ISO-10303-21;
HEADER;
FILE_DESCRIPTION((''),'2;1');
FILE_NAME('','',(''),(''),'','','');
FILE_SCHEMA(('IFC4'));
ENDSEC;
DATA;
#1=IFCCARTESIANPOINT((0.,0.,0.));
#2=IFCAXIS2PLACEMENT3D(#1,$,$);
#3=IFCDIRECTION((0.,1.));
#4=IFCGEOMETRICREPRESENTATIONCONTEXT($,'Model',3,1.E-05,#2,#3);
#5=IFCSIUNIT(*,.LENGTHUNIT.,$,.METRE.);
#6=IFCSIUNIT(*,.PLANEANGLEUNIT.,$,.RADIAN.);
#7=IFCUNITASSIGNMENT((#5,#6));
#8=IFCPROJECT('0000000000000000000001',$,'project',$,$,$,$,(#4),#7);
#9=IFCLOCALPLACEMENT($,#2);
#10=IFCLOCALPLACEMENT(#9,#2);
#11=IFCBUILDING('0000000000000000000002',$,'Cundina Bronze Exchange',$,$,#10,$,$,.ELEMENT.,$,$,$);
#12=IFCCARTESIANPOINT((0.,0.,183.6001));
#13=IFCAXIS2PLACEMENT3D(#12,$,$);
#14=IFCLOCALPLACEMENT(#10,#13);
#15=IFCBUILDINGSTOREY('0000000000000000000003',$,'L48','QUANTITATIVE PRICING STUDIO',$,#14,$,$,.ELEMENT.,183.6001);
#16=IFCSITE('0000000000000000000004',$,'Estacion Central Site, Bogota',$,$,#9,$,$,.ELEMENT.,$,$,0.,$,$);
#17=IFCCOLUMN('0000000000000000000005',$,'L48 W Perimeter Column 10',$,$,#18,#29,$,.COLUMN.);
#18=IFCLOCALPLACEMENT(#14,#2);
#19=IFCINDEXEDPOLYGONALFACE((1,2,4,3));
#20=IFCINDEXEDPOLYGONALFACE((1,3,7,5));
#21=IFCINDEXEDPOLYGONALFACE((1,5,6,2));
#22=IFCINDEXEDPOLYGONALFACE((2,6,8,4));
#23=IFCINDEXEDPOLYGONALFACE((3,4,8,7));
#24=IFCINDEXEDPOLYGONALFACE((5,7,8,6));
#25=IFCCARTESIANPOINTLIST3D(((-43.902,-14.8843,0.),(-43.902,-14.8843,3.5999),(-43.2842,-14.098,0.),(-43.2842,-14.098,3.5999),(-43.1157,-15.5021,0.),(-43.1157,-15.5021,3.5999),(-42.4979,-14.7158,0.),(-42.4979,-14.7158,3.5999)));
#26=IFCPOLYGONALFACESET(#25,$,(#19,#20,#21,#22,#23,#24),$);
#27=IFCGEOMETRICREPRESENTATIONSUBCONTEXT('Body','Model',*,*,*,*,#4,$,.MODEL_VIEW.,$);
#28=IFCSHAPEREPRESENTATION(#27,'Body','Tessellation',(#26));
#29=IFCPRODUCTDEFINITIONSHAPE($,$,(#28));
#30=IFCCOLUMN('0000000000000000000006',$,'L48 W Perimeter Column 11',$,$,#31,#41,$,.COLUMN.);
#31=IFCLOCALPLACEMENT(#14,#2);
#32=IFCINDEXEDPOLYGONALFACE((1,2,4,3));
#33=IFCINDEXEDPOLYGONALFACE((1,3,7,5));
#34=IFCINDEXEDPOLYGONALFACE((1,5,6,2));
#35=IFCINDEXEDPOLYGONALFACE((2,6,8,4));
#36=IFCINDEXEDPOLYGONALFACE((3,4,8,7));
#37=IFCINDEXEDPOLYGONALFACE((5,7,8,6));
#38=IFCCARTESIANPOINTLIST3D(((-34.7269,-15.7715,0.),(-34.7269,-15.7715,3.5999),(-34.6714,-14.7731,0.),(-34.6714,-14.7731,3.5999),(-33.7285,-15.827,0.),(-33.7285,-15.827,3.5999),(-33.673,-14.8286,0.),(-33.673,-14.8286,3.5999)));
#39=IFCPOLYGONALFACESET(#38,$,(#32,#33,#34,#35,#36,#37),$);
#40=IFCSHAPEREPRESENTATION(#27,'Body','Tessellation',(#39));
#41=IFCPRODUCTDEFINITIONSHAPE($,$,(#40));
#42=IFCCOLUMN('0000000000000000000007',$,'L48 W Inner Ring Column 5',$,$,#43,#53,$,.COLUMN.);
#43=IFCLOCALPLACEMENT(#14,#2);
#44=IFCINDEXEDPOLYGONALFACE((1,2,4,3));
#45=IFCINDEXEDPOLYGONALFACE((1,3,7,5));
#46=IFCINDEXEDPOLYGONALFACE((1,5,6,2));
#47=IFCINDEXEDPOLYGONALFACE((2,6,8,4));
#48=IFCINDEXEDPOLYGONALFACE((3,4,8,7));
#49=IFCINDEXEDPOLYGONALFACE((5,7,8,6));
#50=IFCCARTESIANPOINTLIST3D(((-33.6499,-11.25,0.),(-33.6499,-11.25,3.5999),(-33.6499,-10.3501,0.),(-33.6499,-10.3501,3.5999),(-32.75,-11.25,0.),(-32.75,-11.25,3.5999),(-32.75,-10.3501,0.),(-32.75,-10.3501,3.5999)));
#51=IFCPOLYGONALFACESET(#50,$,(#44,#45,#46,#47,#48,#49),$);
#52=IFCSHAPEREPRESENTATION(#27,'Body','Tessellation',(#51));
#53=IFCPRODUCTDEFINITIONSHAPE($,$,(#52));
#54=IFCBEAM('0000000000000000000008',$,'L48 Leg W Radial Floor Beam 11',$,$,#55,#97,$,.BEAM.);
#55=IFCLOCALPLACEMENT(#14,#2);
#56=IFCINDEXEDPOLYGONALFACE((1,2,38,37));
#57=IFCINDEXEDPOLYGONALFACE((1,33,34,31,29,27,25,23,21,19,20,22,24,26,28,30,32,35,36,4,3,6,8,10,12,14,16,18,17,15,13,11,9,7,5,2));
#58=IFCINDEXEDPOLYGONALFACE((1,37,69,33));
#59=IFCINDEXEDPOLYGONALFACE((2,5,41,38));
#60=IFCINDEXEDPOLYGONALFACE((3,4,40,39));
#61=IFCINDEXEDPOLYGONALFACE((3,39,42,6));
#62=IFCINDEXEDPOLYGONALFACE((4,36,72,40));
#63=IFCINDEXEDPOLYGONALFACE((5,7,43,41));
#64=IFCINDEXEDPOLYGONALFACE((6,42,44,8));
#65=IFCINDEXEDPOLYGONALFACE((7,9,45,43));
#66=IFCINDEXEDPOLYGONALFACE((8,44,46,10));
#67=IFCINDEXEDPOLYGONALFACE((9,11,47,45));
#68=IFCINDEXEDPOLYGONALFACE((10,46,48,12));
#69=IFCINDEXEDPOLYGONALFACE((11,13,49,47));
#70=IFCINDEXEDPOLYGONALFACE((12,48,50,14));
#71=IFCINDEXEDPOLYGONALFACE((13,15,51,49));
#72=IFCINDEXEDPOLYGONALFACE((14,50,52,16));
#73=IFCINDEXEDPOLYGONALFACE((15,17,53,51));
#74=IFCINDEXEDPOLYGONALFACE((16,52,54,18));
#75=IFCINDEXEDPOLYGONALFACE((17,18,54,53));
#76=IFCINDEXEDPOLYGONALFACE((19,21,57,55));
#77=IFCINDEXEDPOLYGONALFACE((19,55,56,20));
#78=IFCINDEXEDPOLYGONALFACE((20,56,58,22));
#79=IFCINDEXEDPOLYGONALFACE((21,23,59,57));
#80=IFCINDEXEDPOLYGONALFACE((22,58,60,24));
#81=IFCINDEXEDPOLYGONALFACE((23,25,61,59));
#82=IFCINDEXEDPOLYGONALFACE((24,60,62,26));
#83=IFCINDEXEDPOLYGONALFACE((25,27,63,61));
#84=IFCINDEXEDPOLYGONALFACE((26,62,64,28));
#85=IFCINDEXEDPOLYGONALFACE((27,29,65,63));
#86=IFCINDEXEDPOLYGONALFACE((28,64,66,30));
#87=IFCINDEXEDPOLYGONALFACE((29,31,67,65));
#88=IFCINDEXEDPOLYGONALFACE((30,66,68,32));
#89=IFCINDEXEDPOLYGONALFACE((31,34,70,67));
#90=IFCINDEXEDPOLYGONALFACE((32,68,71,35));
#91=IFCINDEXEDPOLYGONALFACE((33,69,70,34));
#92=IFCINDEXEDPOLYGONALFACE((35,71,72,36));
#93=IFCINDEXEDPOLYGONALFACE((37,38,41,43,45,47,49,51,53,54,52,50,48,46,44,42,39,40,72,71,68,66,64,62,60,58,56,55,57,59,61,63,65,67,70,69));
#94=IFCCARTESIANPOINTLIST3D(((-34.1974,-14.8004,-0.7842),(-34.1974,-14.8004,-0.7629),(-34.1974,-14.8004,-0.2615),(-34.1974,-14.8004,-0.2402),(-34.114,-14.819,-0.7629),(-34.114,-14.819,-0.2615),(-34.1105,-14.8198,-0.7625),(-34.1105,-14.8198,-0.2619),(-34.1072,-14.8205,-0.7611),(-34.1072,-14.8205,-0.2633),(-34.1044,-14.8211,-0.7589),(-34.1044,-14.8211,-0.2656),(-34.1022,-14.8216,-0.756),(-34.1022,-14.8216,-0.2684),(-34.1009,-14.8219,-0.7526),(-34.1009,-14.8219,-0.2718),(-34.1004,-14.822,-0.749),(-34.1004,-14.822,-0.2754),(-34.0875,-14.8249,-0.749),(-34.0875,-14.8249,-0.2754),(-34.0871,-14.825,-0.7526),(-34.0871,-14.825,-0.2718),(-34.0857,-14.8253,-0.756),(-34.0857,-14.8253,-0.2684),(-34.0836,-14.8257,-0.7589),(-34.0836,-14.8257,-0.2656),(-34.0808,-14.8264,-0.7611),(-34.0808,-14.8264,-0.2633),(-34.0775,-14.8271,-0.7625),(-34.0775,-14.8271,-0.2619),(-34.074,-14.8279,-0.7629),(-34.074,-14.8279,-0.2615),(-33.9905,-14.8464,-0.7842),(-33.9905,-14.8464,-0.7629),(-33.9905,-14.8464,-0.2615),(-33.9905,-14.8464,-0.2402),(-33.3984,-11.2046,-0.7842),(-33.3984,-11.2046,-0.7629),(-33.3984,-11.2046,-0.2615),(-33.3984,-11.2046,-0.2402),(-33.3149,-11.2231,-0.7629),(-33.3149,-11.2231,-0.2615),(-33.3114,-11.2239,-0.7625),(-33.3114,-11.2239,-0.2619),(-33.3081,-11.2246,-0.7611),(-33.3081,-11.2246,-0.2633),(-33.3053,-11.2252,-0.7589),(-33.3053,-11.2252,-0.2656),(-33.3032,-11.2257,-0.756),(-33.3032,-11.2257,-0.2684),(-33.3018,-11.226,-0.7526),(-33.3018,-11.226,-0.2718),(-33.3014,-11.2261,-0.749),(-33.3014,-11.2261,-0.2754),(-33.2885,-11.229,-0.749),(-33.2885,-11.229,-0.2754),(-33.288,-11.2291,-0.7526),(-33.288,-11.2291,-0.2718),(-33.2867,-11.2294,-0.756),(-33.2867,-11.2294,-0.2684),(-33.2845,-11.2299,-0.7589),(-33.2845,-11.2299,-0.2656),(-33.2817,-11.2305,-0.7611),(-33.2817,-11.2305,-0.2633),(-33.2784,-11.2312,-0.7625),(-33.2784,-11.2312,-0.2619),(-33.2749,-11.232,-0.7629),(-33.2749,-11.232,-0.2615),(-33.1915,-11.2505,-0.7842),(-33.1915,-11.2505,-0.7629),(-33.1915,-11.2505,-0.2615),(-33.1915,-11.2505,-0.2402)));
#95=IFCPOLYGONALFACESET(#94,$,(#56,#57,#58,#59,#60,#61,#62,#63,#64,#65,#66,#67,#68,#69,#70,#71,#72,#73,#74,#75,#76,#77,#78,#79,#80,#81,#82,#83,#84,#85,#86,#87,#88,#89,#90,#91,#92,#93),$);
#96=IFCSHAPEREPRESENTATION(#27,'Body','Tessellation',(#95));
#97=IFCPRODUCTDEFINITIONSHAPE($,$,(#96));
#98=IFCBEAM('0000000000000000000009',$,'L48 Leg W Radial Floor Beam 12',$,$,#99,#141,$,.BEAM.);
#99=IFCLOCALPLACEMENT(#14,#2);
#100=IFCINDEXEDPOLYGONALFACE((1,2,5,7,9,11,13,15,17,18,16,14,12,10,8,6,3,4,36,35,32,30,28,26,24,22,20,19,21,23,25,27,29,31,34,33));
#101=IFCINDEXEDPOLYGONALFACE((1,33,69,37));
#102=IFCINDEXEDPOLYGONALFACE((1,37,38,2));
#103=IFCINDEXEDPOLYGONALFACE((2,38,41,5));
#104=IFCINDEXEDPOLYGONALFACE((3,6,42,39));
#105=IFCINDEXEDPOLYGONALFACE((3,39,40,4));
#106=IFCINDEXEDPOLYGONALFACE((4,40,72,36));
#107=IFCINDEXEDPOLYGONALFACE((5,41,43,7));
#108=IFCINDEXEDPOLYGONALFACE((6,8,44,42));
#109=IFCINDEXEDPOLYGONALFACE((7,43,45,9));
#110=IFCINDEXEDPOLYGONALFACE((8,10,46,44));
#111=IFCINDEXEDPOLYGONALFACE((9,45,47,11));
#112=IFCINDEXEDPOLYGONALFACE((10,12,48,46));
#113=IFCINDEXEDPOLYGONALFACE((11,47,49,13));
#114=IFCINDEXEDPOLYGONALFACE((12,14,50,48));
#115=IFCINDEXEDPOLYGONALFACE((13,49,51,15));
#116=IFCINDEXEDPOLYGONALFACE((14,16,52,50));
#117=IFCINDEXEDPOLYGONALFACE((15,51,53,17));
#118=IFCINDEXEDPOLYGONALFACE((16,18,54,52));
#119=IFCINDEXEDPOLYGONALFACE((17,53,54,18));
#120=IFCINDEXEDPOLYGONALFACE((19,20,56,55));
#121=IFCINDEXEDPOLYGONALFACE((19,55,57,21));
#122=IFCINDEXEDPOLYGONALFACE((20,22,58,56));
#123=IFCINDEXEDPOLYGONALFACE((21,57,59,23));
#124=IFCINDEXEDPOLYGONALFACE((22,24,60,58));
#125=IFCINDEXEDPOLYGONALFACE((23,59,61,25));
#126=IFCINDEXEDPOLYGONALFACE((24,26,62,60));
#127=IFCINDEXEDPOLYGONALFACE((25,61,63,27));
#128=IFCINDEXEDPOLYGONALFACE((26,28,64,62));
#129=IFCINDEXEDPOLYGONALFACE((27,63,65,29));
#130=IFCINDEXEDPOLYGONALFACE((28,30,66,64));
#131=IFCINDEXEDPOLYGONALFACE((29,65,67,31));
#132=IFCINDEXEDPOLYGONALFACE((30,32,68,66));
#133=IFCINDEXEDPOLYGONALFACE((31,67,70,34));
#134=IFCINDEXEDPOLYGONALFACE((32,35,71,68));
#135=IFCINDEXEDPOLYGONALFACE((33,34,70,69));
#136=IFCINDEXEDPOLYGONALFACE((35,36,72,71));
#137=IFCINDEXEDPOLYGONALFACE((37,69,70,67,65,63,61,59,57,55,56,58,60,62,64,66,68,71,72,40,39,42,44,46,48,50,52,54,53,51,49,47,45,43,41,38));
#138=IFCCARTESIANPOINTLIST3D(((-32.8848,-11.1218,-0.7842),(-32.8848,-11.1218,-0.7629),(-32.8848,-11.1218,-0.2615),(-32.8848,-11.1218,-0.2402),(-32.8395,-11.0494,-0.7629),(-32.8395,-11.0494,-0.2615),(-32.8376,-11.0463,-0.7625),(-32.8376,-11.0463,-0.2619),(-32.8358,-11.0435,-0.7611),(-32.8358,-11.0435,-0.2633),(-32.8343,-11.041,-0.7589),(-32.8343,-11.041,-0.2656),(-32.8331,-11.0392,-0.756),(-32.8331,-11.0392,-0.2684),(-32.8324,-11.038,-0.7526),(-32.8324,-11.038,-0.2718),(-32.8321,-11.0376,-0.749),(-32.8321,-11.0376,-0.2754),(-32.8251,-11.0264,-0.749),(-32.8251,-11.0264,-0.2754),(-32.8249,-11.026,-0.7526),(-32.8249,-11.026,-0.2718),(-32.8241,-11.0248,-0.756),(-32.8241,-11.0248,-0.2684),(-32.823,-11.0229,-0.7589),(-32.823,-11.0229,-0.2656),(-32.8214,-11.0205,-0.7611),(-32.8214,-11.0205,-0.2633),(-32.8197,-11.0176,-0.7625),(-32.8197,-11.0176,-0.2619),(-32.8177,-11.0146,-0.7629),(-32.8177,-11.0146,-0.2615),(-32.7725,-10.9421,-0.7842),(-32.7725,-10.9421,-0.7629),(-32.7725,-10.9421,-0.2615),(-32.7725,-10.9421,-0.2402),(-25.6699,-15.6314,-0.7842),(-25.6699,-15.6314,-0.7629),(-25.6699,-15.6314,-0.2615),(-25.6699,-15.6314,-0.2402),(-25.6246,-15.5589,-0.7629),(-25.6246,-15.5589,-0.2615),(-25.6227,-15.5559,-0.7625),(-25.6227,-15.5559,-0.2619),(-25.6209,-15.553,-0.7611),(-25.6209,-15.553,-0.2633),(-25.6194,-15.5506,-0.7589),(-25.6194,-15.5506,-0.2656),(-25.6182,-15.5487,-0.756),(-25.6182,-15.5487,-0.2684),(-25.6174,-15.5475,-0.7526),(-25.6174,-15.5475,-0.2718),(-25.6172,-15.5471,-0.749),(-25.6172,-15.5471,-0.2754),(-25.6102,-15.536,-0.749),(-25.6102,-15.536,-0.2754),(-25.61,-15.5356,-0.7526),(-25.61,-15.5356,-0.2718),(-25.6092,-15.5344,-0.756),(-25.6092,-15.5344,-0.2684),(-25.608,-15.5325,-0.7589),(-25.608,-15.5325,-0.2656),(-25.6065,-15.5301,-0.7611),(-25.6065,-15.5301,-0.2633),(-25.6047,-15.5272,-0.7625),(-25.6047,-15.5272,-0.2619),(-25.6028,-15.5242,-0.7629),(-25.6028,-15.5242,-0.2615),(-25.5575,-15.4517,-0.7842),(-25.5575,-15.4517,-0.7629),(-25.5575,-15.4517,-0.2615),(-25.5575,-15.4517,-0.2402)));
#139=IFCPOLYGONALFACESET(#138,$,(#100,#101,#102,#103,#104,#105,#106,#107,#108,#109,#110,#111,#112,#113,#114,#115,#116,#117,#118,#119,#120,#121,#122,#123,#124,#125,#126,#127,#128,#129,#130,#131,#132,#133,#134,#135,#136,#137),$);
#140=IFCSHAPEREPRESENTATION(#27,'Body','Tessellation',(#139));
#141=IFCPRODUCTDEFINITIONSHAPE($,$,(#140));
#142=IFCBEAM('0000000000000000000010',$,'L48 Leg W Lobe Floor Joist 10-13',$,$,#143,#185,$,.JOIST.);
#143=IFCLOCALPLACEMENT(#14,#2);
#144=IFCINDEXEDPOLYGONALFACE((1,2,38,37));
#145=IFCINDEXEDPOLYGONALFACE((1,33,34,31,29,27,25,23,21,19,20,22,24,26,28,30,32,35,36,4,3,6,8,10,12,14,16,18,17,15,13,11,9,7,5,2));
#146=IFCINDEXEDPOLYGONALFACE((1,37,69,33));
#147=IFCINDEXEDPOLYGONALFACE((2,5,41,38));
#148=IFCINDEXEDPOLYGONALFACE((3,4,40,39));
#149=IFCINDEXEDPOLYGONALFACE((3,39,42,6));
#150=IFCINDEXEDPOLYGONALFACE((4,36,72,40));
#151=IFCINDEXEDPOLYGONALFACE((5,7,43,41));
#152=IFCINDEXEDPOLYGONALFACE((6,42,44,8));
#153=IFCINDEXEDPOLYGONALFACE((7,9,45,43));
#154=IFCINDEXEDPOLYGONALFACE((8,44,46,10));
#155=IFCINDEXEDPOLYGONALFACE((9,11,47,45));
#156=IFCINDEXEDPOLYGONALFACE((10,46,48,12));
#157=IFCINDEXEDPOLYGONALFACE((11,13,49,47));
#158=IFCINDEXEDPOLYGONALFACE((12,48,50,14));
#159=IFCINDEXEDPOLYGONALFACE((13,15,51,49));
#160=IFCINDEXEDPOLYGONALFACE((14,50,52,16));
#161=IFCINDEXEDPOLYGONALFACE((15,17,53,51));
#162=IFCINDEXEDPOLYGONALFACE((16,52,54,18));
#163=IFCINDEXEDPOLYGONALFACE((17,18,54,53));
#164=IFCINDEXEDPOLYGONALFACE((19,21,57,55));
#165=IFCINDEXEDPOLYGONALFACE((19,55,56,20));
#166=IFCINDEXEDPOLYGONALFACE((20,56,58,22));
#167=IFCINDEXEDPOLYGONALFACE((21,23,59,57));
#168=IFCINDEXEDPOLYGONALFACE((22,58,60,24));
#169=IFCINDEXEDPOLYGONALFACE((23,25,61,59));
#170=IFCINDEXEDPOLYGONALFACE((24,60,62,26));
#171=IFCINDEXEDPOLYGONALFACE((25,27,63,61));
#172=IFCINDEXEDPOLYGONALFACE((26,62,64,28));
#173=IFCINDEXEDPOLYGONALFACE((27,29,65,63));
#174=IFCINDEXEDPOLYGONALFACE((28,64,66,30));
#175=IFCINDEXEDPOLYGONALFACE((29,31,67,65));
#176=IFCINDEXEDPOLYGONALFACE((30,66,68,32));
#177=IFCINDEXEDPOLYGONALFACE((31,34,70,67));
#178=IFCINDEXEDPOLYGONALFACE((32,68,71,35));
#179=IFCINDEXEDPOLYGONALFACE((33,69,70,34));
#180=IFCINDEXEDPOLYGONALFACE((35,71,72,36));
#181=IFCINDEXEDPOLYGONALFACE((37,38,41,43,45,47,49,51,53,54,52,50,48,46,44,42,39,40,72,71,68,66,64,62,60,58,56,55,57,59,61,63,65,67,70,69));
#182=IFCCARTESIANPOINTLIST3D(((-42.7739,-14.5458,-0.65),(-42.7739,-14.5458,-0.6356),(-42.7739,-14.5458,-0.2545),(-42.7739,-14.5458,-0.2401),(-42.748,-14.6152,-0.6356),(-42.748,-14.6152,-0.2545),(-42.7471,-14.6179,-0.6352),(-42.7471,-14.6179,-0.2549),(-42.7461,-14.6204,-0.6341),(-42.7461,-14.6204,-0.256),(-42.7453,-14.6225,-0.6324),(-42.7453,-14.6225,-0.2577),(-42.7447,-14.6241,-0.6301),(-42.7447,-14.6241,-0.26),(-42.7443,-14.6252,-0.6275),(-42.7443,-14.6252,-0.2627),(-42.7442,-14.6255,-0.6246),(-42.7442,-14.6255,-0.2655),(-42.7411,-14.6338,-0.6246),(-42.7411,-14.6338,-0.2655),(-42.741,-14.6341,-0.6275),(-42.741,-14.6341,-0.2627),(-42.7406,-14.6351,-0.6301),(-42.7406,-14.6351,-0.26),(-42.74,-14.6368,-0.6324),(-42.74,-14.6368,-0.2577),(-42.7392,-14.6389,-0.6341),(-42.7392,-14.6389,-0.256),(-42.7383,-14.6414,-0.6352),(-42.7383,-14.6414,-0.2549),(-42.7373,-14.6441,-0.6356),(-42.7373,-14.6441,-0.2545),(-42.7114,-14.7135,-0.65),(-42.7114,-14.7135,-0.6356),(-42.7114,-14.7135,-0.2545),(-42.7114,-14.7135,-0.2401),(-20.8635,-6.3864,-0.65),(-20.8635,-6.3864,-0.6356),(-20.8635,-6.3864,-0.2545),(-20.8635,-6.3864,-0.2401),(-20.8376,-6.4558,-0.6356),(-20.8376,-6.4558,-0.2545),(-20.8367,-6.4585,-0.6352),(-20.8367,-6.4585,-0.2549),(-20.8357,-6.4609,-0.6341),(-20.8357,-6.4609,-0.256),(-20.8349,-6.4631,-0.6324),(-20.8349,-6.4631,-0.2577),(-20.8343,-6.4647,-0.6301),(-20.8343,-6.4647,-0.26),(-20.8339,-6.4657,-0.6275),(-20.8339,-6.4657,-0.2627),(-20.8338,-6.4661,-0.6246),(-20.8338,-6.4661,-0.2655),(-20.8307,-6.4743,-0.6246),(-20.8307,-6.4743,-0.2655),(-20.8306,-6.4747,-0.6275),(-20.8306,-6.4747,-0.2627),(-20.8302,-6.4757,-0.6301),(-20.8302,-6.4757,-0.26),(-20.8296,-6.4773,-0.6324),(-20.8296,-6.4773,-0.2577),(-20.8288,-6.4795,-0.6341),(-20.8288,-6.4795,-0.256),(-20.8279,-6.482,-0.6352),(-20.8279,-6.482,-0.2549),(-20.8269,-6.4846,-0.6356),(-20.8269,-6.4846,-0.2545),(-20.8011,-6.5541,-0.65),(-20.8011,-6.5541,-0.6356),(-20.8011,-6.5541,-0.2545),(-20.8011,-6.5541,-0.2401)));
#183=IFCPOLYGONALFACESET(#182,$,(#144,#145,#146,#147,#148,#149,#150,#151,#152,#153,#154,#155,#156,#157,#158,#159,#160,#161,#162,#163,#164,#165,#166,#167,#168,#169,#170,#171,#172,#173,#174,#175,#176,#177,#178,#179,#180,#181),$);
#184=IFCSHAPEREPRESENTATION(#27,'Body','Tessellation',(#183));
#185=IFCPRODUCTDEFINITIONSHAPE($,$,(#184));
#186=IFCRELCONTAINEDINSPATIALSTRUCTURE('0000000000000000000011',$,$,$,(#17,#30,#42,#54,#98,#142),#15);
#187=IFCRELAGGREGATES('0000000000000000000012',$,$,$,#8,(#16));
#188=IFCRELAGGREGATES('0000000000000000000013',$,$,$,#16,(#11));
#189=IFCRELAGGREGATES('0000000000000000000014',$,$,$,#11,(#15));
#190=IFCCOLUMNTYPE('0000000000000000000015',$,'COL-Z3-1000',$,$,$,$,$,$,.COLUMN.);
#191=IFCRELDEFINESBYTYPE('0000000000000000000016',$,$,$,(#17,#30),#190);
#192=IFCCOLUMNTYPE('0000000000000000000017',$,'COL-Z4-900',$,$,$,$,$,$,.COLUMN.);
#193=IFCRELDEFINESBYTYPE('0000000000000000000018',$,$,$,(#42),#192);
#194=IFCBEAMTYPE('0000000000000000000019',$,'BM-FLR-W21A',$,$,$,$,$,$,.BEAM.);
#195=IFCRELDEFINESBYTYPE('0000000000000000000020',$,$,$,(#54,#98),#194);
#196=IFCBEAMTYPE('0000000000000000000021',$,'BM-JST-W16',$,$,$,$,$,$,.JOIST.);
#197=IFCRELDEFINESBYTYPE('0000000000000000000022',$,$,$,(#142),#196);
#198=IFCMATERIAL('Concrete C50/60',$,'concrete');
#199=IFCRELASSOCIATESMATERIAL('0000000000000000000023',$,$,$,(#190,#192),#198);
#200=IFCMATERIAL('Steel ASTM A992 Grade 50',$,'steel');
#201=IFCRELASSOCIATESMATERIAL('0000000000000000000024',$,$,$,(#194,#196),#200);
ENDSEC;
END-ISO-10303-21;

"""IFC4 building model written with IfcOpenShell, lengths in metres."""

from ifc_helpers import new_model, si_unit, direction, frame, origin, origin_2d, place, context, subcontext, project, spatial, rectangle, i_section, extrude, material, material_profile, profile_set, type_object, element, save


model = new_model("IFC4")

# Units and contexts
model_context = context("Model", 3, precision=1e-05, world=origin(), true_north=direction((0.0, 1.0)))
body_context = subcontext(model_context, "Body", "Model", "MODEL_VIEW")
ifc_project = project(units=[si_unit("LENGTHUNIT", "METRE"), si_unit("PLANEANGLEUNIT", "RADIAN")], contexts=[model_context])

# Site, building, storey
site_placement = place(None, origin())
site = spatial("IfcSite", under=ifc_project, at=site_placement, Name="Estacion Central Site, Bogota", CompositionType="ELEMENT", RefElevation=0.0)
building_placement = place(site_placement, origin())
building = spatial("IfcBuilding", under=site, at=building_placement, Name="Cundina Bronze Exchange", CompositionType="ELEMENT")
storey_placement = place(building_placement, frame((0.0, 0.0, 183.6001)))
storey = spatial("IfcBuildingStorey", under=building, at=storey_placement, Name="L48", Description="QUANTITATIVE PRICING STUDIO", CompositionType="ELEMENT", Elevation=183.6001)

# Columns
ifc_material_1 = material(Name="Concrete C50/60", Category="concrete")
ifc_material_profile_1 = material_profile(ifc_material_1, rectangle(XDim=1.0, YDim=1.0, at=origin_2d()), Name="RC1000X1000", Category="concrete")
ifc_profile_set_1 = profile_set([ifc_material_profile_1], Name="Concrete C50/60")
column_type_1 = type_object("IfcColumnType", Name="COL-Z3-1000", PredefinedType="COLUMN", material=ifc_profile_set_1)
for number, where, z_axis, x_axis, name in (
    (1, (-43.2, -14.8, 0.0), (0.0, 0.0, 1.0), (0.786288, -0.61786, 0.0), "L48 W Perimeter Column 10"),
    (2, (-34.2, -15.3, 0.0), (0.0, 0.0, 1.0), (0.99846, -0.055473, 0.0), "L48 W Perimeter Column 11"),
):
    element("IfcColumn", number, at=place(storey_placement, frame(where, z_axis=z_axis, x_axis=x_axis)), inside=storey, type_object=column_type_1, Name=name, PredefinedType="COLUMN", context=body_context, shape_type="SweptSolid", body=[
        extrude(rectangle(XDim=1.0, YDim=1.0, at=origin_2d()), origin(), (0.0, 0.0, 1.0), 3.5999),
    ])
ifc_material_profile_2 = material_profile(ifc_material_1, rectangle(XDim=0.8999, YDim=0.8999, at=origin_2d()), Name="RC900X900", Category="concrete")
ifc_profile_set_2 = profile_set([ifc_material_profile_2], Name="Concrete C50/60")
column_type_2 = type_object("IfcColumnType", Name="COL-Z4-900", PredefinedType="COLUMN", material=ifc_profile_set_2)
column_placement = place(storey_placement, frame((-33.2, -10.8, 0.0), z_axis=(0.0, 0.0, 1.0), x_axis=(1.0, 0.0, 0.0)))
element("IfcColumn", 3, at=column_placement, inside=storey, type_object=column_type_2, Name="L48 W Inner Ring Column 5", PredefinedType="COLUMN", context=body_context, shape_type="SweptSolid", body=[
    extrude(rectangle(XDim=0.8999, YDim=0.8999, at=origin_2d()), origin(), (0.0, 0.0, 1.0), 3.5999),
])

# Beams
ifc_material_2 = material(Name="Steel ASTM A992 Grade 50", Category="steel")
ifc_material_profile_3 = material_profile(ifc_material_2, i_section(OverallWidth=0.2119, OverallDepth=0.5439, WebThickness=0.0132, FlangeThickness=0.0212, FilletRadius=0.0139, at=origin_2d()), Name="W21X83", Category="steel")
ifc_profile_set_3 = profile_set([ifc_material_profile_3], Name="Steel ASTM A992 Grade 50")
beam_type_1 = type_object("IfcBeamType", Name="BM-FLR-W21A", PredefinedType="BEAM", material=ifc_profile_set_3)
beam_1_placement = place(storey_placement, frame((-33.2949, -11.2275, -0.5122), z_axis=(-0.216923, -0.976189, 0.0), x_axis=(0.976189, -0.216923, 0.0)))
element("IfcBeam", 4, at=beam_1_placement, inside=storey, type_object=beam_type_1, Name="L48 Leg W Radial Floor Beam 11", PredefinedType="BEAM", context=body_context, shape_type="SweptSolid", body=[
    extrude(i_section(OverallWidth=0.2119, OverallDepth=0.5439, WebThickness=0.0132, FlangeThickness=0.0212, FilletRadius=0.0139, at=origin_2d()), origin(), (0.0, 0.0, 1.0), 3.6836),
])
beam_2_placement = place(storey_placement, frame((-32.8286, -11.032, -0.5122), z_axis=(0.847985, -0.53002, 0.0), x_axis=(0.53002, 0.847985, 0.0)))
element("IfcBeam", 5, at=beam_2_placement, inside=storey, type_object=beam_type_1, Name="L48 Leg W Radial Floor Beam 12", PredefinedType="BEAM", context=body_context, shape_type="SweptSolid", body=[
    extrude(i_section(OverallWidth=0.2119, OverallDepth=0.5439, WebThickness=0.0132, FlangeThickness=0.0212, FilletRadius=0.0139, at=origin_2d()), origin(), (0.0, 0.0, 1.0), 8.5083),
])
ifc_material_profile_4 = material_profile(ifc_material_2, i_section(OverallWidth=0.179, OverallDepth=0.4099, WebThickness=0.0088, FlangeThickness=0.0144, FilletRadius=0.011, at=origin_2d()), Name="W16X45", Category="steel")
ifc_profile_set_4 = profile_set([ifc_material_profile_4], Name="Steel ASTM A992 Grade 50")
beam_type_2 = type_object("IfcBeamType", Name="BM-JST-W16", PredefinedType="JOIST", material=ifc_profile_set_4)
beam_3_placement = place(storey_placement, frame((-42.7427, -14.6296, -0.4451), z_axis=(0.937128, 0.348986, 0.0), x_axis=(-0.348986, 0.937128, 0.0)))
element("IfcBeam", 6, at=beam_3_placement, inside=storey, type_object=beam_type_2, Name="L48 Leg W Lobe Floor Joist 10-13", PredefinedType="JOIST", context=body_context, shape_type="SweptSolid", body=[
    extrude(i_section(OverallWidth=0.179, OverallDepth=0.4099, WebThickness=0.0088, FlangeThickness=0.0144, FilletRadius=0.011, at=origin_2d()), origin(), (0.0, 0.0, 1.0), 23.3804),
])

save(model, "model.ifc")
